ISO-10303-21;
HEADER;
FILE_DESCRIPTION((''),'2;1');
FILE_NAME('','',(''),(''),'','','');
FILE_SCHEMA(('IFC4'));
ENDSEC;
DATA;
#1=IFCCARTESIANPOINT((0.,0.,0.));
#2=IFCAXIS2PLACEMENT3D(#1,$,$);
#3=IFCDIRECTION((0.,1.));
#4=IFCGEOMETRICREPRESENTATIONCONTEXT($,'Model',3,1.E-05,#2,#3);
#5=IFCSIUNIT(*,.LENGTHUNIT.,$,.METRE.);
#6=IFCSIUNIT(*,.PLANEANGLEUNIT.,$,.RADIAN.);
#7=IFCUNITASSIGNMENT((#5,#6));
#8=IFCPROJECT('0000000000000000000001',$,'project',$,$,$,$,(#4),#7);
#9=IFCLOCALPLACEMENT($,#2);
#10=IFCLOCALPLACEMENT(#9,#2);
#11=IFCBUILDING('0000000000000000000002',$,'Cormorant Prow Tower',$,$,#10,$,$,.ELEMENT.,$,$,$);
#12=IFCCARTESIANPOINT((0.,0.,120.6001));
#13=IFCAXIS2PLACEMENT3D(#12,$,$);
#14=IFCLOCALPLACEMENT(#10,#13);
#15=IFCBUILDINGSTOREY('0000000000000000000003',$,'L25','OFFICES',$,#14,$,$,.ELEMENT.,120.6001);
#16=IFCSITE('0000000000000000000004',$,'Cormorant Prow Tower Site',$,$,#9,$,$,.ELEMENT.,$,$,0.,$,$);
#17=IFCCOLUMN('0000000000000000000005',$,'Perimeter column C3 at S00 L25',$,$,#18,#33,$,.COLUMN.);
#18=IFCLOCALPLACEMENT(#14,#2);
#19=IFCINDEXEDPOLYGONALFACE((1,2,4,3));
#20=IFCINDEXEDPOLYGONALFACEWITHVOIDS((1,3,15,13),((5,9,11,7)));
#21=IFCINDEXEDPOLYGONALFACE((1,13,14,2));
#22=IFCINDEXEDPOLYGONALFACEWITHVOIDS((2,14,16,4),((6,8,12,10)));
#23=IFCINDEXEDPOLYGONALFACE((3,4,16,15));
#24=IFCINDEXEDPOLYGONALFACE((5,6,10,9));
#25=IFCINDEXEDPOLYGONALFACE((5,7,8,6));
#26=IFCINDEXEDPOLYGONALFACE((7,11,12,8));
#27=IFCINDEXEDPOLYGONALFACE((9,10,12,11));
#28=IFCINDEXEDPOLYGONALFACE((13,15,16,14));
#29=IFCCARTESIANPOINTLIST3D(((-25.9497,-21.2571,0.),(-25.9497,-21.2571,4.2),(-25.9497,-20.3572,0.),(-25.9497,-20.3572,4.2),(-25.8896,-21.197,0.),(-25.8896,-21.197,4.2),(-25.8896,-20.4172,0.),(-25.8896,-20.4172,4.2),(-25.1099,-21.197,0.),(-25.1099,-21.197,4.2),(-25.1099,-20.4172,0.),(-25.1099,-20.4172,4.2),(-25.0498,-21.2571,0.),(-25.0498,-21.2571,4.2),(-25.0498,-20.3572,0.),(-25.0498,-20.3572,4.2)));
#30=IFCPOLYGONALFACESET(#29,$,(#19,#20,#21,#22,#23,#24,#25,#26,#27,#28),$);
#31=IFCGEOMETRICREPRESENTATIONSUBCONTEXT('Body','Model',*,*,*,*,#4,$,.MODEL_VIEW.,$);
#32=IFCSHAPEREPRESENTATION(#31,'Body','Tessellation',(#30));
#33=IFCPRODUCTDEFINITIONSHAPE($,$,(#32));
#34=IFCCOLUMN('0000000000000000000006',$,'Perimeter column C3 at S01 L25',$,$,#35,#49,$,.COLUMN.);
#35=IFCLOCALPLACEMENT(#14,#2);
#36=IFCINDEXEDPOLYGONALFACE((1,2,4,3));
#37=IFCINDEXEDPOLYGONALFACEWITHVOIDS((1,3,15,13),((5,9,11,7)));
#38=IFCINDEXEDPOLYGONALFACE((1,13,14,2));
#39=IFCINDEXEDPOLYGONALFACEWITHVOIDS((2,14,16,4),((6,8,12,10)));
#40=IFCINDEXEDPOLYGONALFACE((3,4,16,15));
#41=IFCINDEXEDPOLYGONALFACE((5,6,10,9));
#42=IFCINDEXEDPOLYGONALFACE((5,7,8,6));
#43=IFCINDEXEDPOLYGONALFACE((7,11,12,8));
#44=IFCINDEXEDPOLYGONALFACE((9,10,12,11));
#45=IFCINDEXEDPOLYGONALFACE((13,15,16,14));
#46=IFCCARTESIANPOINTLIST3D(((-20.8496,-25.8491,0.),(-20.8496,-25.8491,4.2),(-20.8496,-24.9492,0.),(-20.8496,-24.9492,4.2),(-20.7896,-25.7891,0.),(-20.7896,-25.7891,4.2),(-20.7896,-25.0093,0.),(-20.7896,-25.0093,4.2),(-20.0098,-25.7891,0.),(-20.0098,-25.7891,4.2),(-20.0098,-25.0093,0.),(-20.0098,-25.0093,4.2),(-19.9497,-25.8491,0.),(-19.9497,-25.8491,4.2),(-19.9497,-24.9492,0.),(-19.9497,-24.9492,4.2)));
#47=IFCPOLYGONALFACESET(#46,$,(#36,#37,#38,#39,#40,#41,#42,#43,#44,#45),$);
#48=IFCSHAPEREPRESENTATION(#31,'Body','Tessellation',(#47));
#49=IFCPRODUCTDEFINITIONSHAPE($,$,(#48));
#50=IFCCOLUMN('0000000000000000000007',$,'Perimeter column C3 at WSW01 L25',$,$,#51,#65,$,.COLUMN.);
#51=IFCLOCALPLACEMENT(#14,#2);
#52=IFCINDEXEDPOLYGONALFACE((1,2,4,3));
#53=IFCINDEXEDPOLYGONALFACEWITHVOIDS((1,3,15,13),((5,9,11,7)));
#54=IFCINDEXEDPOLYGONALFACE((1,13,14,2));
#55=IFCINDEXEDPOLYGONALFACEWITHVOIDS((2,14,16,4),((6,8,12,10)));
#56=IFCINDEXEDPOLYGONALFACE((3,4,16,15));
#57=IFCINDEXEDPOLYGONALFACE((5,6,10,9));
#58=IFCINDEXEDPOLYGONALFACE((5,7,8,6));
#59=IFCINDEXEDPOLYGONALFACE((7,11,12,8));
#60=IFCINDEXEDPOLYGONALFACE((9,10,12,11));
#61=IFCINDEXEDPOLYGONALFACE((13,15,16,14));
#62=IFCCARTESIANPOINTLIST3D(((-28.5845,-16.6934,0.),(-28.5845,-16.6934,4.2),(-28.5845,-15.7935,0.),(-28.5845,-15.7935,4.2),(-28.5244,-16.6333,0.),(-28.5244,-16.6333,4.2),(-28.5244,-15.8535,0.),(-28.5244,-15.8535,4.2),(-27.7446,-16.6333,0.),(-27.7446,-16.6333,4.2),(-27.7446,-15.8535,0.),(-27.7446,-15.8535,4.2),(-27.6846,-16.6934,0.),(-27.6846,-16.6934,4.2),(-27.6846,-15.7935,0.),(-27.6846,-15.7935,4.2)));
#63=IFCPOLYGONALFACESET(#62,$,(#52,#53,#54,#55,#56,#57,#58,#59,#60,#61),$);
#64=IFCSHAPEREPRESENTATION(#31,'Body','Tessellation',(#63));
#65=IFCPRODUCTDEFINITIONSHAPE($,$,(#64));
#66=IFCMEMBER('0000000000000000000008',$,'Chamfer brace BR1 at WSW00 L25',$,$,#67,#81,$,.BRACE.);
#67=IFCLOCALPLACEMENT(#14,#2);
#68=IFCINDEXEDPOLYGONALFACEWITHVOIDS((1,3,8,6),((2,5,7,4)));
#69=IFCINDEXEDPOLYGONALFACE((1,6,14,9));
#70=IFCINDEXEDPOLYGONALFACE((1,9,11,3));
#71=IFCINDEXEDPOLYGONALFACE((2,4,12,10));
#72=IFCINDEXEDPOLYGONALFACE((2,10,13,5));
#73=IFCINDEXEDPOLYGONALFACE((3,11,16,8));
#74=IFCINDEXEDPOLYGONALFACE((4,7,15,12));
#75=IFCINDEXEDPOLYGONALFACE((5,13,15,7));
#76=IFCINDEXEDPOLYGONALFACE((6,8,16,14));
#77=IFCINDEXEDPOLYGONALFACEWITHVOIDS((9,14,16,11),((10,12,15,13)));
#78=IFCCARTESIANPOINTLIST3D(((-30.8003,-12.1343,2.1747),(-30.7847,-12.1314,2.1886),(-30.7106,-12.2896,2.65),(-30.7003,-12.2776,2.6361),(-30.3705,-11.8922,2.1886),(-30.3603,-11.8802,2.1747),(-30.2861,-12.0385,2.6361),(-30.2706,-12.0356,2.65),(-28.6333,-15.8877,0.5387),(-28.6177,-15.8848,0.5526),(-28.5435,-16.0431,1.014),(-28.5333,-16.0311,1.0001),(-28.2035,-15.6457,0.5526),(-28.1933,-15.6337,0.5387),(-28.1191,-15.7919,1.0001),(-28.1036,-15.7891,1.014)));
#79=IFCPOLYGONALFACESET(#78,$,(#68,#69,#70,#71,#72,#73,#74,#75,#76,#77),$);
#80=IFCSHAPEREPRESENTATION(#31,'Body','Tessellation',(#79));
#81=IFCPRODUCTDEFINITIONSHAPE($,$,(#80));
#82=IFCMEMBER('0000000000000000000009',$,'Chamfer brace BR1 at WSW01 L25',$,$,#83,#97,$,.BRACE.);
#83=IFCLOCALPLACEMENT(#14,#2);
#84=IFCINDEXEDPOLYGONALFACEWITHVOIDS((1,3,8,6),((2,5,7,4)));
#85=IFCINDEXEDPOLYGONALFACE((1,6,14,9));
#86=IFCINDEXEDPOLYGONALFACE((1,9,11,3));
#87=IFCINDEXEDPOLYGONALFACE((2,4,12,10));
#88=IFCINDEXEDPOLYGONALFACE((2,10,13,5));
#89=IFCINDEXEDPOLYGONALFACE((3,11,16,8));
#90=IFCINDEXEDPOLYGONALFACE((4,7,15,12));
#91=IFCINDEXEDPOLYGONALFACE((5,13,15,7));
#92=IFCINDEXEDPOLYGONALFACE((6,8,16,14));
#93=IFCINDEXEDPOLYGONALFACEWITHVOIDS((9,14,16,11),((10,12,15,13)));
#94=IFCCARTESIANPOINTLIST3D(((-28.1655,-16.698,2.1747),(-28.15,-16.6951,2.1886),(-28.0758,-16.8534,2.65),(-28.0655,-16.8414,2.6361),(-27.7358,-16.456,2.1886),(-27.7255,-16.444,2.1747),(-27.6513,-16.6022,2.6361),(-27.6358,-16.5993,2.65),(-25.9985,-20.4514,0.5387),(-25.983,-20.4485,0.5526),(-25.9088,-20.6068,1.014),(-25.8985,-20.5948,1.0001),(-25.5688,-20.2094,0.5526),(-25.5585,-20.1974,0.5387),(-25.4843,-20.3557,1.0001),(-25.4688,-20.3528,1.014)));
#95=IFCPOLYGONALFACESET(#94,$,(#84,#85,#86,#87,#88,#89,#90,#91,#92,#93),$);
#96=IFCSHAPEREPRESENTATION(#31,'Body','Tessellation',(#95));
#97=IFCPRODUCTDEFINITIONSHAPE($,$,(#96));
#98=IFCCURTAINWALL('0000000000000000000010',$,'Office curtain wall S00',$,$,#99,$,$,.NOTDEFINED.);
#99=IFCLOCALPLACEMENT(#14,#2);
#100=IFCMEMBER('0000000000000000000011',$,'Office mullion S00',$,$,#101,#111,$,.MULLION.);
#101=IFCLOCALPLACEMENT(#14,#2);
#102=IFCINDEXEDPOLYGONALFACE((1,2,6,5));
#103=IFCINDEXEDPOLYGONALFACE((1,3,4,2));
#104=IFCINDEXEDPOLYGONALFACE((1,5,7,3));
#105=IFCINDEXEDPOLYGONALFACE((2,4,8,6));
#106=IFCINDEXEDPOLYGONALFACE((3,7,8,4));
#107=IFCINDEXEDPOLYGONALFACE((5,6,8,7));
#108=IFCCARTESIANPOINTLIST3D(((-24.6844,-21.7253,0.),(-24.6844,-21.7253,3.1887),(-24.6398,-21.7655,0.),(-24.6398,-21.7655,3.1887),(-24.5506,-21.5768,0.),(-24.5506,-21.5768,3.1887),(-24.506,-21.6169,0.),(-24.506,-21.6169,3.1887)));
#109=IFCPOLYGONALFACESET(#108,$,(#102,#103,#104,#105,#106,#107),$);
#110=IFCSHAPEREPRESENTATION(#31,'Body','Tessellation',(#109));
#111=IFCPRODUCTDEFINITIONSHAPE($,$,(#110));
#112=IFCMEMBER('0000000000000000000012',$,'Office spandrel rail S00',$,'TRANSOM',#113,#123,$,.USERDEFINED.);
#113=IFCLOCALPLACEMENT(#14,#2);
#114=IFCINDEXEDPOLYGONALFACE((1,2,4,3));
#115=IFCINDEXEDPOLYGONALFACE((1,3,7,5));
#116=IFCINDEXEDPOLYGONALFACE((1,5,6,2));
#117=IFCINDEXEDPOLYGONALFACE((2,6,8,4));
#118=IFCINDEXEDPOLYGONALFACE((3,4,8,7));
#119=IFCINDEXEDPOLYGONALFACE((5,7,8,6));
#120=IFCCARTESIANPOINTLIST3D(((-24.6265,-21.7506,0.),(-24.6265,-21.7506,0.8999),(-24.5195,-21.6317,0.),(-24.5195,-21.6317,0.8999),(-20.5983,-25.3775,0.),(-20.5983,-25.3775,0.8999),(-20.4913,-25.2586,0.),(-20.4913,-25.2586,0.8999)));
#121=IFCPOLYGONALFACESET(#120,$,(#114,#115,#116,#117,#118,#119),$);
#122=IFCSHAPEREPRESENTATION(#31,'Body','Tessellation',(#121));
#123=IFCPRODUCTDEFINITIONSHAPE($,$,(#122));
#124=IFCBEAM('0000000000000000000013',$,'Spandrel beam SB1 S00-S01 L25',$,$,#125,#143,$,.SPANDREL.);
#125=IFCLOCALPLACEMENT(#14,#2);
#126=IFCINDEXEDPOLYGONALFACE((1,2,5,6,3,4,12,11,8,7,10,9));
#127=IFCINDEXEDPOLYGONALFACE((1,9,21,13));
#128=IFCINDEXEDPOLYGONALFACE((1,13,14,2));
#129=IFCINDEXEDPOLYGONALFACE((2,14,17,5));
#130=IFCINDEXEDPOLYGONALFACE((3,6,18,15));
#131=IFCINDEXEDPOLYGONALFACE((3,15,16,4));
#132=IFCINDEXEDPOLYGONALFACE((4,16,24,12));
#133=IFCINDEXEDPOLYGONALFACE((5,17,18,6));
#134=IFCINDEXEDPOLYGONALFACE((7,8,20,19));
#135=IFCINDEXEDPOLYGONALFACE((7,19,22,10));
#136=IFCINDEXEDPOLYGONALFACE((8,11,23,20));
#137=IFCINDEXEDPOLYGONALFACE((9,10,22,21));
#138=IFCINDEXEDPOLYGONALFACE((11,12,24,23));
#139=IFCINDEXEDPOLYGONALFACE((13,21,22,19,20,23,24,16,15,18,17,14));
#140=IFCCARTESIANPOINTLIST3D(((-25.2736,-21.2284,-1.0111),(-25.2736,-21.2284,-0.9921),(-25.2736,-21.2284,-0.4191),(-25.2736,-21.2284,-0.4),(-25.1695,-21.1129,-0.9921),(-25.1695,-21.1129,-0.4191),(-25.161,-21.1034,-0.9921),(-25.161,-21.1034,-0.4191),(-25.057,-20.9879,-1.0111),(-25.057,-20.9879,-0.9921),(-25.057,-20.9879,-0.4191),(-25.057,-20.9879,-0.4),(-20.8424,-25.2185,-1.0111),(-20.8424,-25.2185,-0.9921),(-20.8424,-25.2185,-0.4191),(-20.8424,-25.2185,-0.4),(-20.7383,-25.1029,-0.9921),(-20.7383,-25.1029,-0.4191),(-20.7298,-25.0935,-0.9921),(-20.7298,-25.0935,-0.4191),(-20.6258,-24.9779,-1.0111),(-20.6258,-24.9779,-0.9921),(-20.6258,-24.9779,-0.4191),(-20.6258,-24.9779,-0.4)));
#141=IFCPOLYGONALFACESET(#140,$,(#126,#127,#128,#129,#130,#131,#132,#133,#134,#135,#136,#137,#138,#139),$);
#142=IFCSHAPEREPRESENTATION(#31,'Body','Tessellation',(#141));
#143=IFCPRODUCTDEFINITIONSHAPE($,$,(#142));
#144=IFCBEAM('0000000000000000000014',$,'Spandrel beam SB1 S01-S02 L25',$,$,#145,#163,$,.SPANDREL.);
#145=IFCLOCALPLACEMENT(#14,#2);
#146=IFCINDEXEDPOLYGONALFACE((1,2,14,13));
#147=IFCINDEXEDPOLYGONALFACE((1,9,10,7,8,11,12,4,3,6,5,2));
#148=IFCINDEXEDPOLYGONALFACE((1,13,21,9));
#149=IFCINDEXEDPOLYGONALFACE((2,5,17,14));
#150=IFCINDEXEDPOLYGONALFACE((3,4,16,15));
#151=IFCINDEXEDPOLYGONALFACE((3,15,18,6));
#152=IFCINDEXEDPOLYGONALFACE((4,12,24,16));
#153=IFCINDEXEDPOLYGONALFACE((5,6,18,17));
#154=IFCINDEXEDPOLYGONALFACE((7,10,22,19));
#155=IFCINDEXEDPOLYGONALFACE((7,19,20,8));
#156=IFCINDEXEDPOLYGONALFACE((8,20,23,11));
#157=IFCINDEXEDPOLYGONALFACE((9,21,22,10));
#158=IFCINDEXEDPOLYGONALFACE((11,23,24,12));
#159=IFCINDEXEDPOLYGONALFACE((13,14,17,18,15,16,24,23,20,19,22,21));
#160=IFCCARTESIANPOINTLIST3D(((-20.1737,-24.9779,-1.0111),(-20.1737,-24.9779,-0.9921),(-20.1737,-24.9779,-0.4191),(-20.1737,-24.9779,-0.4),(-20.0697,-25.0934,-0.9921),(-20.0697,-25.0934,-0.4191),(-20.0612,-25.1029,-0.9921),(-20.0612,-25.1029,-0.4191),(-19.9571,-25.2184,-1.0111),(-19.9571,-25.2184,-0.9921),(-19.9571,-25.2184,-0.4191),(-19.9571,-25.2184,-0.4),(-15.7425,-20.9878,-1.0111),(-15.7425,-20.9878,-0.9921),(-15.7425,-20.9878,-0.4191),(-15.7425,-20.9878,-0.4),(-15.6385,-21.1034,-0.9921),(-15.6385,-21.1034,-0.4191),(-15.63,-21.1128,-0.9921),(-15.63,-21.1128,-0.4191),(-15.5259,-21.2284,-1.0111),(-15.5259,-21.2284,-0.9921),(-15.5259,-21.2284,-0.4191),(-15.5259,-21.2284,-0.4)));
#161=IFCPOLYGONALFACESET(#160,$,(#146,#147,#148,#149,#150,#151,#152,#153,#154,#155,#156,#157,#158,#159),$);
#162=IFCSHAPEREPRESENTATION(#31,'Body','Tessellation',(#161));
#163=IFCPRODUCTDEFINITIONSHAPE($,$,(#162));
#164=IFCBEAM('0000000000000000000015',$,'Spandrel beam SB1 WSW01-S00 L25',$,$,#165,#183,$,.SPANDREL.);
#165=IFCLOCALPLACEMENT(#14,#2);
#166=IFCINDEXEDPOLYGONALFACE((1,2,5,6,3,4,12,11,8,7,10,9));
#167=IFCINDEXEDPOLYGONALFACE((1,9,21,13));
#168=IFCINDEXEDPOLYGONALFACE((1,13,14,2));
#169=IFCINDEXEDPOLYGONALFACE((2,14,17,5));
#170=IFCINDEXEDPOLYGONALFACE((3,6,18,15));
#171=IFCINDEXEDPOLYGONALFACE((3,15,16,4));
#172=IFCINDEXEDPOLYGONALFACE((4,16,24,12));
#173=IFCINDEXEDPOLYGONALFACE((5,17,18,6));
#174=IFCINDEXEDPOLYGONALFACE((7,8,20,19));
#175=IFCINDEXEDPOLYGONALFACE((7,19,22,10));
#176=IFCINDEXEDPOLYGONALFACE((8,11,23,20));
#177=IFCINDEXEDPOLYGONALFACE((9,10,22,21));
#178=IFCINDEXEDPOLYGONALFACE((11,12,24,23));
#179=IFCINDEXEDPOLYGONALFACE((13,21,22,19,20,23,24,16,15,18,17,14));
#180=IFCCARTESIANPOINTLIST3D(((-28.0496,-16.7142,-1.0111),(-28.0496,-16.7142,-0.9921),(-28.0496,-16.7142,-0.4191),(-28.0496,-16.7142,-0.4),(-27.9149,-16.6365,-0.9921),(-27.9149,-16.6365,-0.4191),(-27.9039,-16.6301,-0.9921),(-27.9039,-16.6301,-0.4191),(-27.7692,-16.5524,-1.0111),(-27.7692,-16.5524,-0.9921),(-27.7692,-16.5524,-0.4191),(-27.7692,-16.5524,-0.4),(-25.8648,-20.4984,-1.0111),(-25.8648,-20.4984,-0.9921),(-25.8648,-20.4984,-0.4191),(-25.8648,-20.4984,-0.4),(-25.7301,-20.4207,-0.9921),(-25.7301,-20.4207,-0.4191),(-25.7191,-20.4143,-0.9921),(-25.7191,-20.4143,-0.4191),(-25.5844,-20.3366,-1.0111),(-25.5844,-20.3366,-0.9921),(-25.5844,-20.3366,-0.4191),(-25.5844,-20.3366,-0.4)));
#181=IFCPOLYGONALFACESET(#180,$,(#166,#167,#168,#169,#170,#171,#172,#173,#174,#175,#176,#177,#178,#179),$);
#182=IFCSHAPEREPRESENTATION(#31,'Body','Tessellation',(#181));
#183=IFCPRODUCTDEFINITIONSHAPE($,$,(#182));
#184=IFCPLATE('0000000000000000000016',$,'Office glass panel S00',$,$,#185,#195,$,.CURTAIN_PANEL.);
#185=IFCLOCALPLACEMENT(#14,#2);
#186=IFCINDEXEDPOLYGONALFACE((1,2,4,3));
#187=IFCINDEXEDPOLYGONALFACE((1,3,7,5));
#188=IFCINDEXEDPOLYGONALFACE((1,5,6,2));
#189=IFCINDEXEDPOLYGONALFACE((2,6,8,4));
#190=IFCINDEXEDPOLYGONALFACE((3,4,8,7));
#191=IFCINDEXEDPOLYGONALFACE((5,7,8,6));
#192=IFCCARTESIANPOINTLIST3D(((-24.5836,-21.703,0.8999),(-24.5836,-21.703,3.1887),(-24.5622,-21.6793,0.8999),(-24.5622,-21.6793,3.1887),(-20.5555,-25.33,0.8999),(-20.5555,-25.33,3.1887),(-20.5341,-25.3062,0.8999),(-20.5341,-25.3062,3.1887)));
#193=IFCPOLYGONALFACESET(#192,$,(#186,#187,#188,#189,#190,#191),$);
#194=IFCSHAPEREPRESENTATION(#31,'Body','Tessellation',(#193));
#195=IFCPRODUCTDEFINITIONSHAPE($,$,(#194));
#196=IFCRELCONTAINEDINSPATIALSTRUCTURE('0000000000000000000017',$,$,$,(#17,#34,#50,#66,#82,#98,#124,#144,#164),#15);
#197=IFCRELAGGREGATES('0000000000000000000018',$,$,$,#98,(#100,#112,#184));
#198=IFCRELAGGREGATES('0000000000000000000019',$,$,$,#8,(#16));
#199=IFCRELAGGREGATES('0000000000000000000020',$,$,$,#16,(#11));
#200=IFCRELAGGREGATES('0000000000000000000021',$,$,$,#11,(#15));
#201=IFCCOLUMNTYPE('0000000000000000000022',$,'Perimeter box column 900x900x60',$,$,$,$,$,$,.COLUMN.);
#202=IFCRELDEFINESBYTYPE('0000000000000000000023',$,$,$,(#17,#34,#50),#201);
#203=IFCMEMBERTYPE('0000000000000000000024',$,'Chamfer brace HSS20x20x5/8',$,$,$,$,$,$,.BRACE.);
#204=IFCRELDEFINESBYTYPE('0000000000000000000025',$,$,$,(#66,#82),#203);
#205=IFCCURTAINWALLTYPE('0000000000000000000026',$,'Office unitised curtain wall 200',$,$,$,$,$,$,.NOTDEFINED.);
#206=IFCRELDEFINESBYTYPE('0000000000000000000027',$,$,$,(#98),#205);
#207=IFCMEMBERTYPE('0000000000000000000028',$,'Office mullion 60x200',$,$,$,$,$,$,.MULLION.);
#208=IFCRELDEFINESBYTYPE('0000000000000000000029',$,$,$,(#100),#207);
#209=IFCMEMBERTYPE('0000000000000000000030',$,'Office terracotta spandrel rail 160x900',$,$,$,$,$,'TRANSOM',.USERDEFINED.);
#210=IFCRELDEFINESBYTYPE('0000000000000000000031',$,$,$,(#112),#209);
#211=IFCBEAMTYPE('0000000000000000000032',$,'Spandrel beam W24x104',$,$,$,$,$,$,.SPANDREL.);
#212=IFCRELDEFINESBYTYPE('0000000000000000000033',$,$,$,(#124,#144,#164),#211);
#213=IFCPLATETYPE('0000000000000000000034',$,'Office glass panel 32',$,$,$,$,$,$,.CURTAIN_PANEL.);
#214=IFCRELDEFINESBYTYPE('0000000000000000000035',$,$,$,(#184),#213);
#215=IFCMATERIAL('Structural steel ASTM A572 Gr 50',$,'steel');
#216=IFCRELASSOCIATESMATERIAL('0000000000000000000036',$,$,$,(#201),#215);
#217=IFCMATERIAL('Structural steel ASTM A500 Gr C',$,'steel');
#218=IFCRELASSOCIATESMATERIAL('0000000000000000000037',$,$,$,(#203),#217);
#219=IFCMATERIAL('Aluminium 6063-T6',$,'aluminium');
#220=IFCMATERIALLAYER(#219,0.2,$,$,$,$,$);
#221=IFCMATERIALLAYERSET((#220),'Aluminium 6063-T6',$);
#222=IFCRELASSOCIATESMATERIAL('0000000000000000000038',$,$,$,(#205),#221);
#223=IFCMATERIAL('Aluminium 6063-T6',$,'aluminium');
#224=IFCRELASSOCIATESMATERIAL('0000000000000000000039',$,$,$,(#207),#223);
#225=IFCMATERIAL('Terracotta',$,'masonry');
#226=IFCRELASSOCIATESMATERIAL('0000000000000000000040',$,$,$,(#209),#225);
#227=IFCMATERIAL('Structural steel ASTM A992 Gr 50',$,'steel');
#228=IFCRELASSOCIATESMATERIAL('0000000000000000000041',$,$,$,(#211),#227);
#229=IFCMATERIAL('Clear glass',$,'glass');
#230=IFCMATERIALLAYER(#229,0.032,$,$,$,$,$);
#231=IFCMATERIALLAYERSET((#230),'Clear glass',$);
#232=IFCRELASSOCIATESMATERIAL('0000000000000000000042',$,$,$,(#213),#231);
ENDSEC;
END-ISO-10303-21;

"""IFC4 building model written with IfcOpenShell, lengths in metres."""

from ifc_helpers import new_model, si_unit, direction, frame, origin, origin_2d, place, context, subcontext, project, spatial, rectangle, hollow_rectangle, i_section, extrude, material, layer, layer_set, material_profile, profile_set, type_object, element, aggregate, save


model = new_model("IFC4")

# Units and contexts
model_context = context("Model", 3, precision=1e-05, world=origin(), true_north=direction((0.0, 1.0)))
body_context = subcontext(model_context, "Body", "Model", "MODEL_VIEW")
ifc_project = project(units=[si_unit("LENGTHUNIT", "METRE"), si_unit("PLANEANGLEUNIT", "RADIAN")], contexts=[model_context])

# Site, building, storey
site_placement = place(None, origin())
site = spatial("IfcSite", under=ifc_project, at=site_placement, Name="Cormorant Prow Tower Site", CompositionType="ELEMENT", RefElevation=0.0)
building_placement = place(site_placement, origin())
building = spatial("IfcBuilding", under=site, at=building_placement, Name="Cormorant Prow Tower", CompositionType="ELEMENT")
storey_placement = place(building_placement, frame((0.0, 0.0, 120.6001)))
storey = spatial("IfcBuildingStorey", under=building, at=storey_placement, Name="L25", Description="OFFICES", CompositionType="ELEMENT", Elevation=120.6001)

# Columns
ifc_material_1 = material(Name="Structural steel ASTM A572 Gr 50", Category="steel")
ifc_material_profile_1 = material_profile(ifc_material_1, hollow_rectangle(XDim=0.8999, YDim=0.8999, WallThickness=0.0601, at=origin_2d()), Name="Box 900x900x60")
ifc_profile_set_1 = profile_set([ifc_material_profile_1], Name="Structural steel ASTM A572 Gr 50")
column_type = type_object("IfcColumnType", Name="Perimeter box column 900x900x60", PredefinedType="COLUMN", material=ifc_profile_set_1)
for number, where, z_axis, x_axis, name in (
    (1, (-25.4998, -20.8071, 0.0), (0.0, 0.0, 1.0), (1.0, 0.0, 0.0), "Perimeter column C3 at S00 L25"),
    (2, (-20.3997, -25.3992, 0.0), (0.0, 0.0, 1.0), (1.0, 0.0, 0.0), "Perimeter column C3 at S01 L25"),
    (3, (-28.1345, -16.2434, 0.0), (0.0, 0.0, 1.0), (1.0, 0.0, 0.0), "Perimeter column C3 at WSW01 L25"),
):
    element("IfcColumn", number, at=place(storey_placement, frame(where, z_axis=z_axis, x_axis=x_axis)), inside=storey, type_object=column_type, Name=name, PredefinedType="COLUMN", context=body_context, shape_type="SweptSolid", body=[
        extrude(hollow_rectangle(XDim=0.8999, YDim=0.8999, WallThickness=0.0601, at=origin_2d()), origin(), (0.0, 0.0, 1.0), 4.2),
    ])

# Members
ifc_material_2 = material(Name="Structural steel ASTM A500 Gr C", Category="steel")
ifc_material_profile_2 = material_profile(ifc_material_2, hollow_rectangle(XDim=0.5081, YDim=0.5081, WallThickness=0.0149, at=origin_2d()), Name="HSS20x20x5/8")
ifc_profile_set_2 = profile_set([ifc_material_profile_2], Name="Structural steel ASTM A500 Gr C")
member_type_1 = type_object("IfcMemberType", Name="Chamfer brace HSS20x20x5/8", PredefinedType="BRACE", material=ifc_profile_set_2)
for number, where, z_axis, x_axis, name in (
    (4, (-28.3684, -15.8384, 0.7764), (-0.467776, 0.810228, 0.353151), (-0.86603, -0.499992, 0.0), "Chamfer brace BR1 at WSW00 L25"),
    (5, (-25.7336, -20.4021, 0.7764), (-0.467776, 0.810228, 0.353151), (-0.86603, -0.499992, 0.0), "Chamfer brace BR1 at WSW01 L25"),
):
    element("IfcMember", number, at=place(storey_placement, frame(where, z_axis=z_axis, x_axis=x_axis)), inside=storey, type_object=member_type_1, Name=name, PredefinedType="BRACE", context=body_context, shape_type="SweptSolid", body=[
        extrude(hollow_rectangle(XDim=0.5081, YDim=0.5081, WallThickness=0.0149, at=origin_2d()), origin(), (0.0, 0.0, 1.0), 4.6326),
    ])

# Curtain wall, members
ifc_material_3 = material(Name="Aluminium 6063-T6", Category="aluminium")
ifc_layer_1 = layer(ifc_material_3, 0.2)
ifc_layer_set_1 = layer_set([ifc_layer_1], Name="Aluminium 6063-T6")
curtain_wall_type = type_object("IfcCurtainWallType", Name="Office unitised curtain wall 200", PredefinedType="NOTDEFINED", material=ifc_layer_set_1)
curtain_wall_placement = place(storey_placement, origin())
curtain_wall = element("IfcCurtainWall", 6, at=curtain_wall_placement, inside=storey, type_object=curtain_wall_type, Name="Office curtain wall S00", PredefinedType="NOTDEFINED")
ifc_material_4 = material(Name="Aluminium 6063-T6", Category="aluminium")
ifc_material_profile_3 = material_profile(ifc_material_4, rectangle(XDim=0.2, YDim=0.0601, at=origin_2d()), Name="Office mullion 60x200")
ifc_profile_set_3 = profile_set([ifc_material_profile_3], Name="Aluminium 6063-T6")
member_type_2 = type_object("IfcMemberType", Name="Office mullion 60x200", PredefinedType="MULLION", material=ifc_profile_set_3)
member_1_placement = place(storey_placement, frame((-24.5952, -21.6711, 0.0), z_axis=(0.0, 0.0, 1.0), x_axis=(0.669131, 0.743145, 0.0)))
member_1 = element("IfcMember", 7, at=member_1_placement, type_object=member_type_2, Name="Office mullion S00", PredefinedType="MULLION", context=body_context, shape_type="SweptSolid", body=[
    extrude(rectangle(XDim=0.2, YDim=0.0601, at=origin_2d()), origin(), (0.0, 0.0, 1.0), 3.1887),
])
ifc_material_5 = material(Name="Terracotta", Category="masonry")
ifc_material_profile_4 = material_profile(ifc_material_5, rectangle(XDim=0.1599, YDim=0.8999, at=origin_2d()), Name="Office terracotta spandrel rail 160x900")
ifc_profile_set_4 = profile_set([ifc_material_profile_4], Name="Terracotta")
member_type_3 = type_object("IfcMemberType", Name="Office terracotta spandrel rail 160x900", ElementType="TRANSOM", PredefinedType="USERDEFINED", material=ifc_profile_set_4)
member_2_placement = place(storey_placement, frame((-24.573, -21.6912, 0.45), z_axis=(0.74316, -0.669114, 0.0), x_axis=(0.669114, 0.74316, 0.0)))
member_2 = element("IfcMember", 8, at=member_2_placement, type_object=member_type_3, Name="Office spandrel rail S00", ObjectType="TRANSOM", PredefinedType="USERDEFINED", context=body_context, shape_type="SweptSolid", body=[
    extrude(rectangle(XDim=0.1599, YDim=0.8999, at=origin_2d()), origin(), (0.0, 0.0, 1.0), 5.4204),
])

# Beams
ifc_material_6 = material(Name="Structural steel ASTM A992 Gr 50", Category="steel")
ifc_material_profile_5 = material_profile(ifc_material_6, i_section(OverallWidth=0.3237, OverallDepth=0.6111, WebThickness=0.0127, FlangeThickness=0.019, at=origin_2d()), Name="W24x104")
ifc_profile_set_5 = profile_set([ifc_material_profile_5], Name="Structural steel ASTM A992 Gr 50")
beam_type = type_object("IfcBeamType", Name="Spandrel beam W24x104", PredefinedType="SPANDREL", material=ifc_profile_set_5)
for number, where, z_axis, x_axis, name in (
    (9, (-25.1653, -21.1082, -0.7056), (0.743131, -0.669146, 0.0), (0.669146, 0.743131, 0.0), "Spandrel beam SB1 S00-S01 L25"),
    (10, (-20.0654, -25.0981, -0.7056), (0.743131, 0.669146, 0.0), (-0.669146, 0.743131, 0.0), "Spandrel beam SB1 S01-S02 L25"),
):
    element("IfcBeam", number, at=place(storey_placement, frame(where, z_axis=z_axis, x_axis=x_axis)), inside=storey, type_object=beam_type, Name=name, PredefinedType="SPANDREL", context=body_context, shape_type="SweptSolid", body=[
        extrude(i_section(OverallWidth=0.3237, OverallDepth=0.6111, WebThickness=0.0127, FlangeThickness=0.019, at=origin_2d()), origin(), (0.0, 0.0, 1.0), 5.9629),
    ])
beam_placement = place(storey_placement, frame((-27.9094, -16.6333, -0.7056), z_axis=(0.500003, -0.866024, 0.0), x_axis=(0.866024, 0.500003, 0.0)))
element("IfcBeam", 11, at=beam_placement, inside=storey, type_object=beam_type, Name="Spandrel beam SB1 WSW01-S00 L25", PredefinedType="SPANDREL", context=body_context, shape_type="SweptSolid", body=[
    extrude(i_section(OverallWidth=0.3237, OverallDepth=0.6111, WebThickness=0.0127, FlangeThickness=0.019, at=origin_2d()), origin(), (0.0, 0.0, 1.0), 4.3696),
])

# Plate
ifc_material_7 = material(Name="Clear glass", Category="glass")
ifc_layer_2 = layer(ifc_material_7, 0.032)
ifc_layer_set_2 = layer_set([ifc_layer_2], Name="Clear glass")
plate_type = type_object("IfcPlateType", Name="Office glass panel 32", PredefinedType="CURTAIN_PANEL", material=ifc_layer_set_2)
plate_placement = place(storey_placement, frame((-22.5588, -23.5046, 0.8999), z_axis=(0.0, 0.0, 1.0), x_axis=(0.743145, -0.669131, 0.0)))
plate = element("IfcPlate", 12, at=plate_placement, type_object=plate_type, Name="Office glass panel S00", PredefinedType="CURTAIN_PANEL", context=body_context, shape_type="SweptSolid", body=[
    extrude(rectangle(XDim=5.4204, YDim=0.032, at=origin_2d()), origin(), (0.0, 0.0, 1.0), 2.2888),
])
aggregate(curtain_wall, [member_1, member_2, plate])

save(model, "model.ifc")
